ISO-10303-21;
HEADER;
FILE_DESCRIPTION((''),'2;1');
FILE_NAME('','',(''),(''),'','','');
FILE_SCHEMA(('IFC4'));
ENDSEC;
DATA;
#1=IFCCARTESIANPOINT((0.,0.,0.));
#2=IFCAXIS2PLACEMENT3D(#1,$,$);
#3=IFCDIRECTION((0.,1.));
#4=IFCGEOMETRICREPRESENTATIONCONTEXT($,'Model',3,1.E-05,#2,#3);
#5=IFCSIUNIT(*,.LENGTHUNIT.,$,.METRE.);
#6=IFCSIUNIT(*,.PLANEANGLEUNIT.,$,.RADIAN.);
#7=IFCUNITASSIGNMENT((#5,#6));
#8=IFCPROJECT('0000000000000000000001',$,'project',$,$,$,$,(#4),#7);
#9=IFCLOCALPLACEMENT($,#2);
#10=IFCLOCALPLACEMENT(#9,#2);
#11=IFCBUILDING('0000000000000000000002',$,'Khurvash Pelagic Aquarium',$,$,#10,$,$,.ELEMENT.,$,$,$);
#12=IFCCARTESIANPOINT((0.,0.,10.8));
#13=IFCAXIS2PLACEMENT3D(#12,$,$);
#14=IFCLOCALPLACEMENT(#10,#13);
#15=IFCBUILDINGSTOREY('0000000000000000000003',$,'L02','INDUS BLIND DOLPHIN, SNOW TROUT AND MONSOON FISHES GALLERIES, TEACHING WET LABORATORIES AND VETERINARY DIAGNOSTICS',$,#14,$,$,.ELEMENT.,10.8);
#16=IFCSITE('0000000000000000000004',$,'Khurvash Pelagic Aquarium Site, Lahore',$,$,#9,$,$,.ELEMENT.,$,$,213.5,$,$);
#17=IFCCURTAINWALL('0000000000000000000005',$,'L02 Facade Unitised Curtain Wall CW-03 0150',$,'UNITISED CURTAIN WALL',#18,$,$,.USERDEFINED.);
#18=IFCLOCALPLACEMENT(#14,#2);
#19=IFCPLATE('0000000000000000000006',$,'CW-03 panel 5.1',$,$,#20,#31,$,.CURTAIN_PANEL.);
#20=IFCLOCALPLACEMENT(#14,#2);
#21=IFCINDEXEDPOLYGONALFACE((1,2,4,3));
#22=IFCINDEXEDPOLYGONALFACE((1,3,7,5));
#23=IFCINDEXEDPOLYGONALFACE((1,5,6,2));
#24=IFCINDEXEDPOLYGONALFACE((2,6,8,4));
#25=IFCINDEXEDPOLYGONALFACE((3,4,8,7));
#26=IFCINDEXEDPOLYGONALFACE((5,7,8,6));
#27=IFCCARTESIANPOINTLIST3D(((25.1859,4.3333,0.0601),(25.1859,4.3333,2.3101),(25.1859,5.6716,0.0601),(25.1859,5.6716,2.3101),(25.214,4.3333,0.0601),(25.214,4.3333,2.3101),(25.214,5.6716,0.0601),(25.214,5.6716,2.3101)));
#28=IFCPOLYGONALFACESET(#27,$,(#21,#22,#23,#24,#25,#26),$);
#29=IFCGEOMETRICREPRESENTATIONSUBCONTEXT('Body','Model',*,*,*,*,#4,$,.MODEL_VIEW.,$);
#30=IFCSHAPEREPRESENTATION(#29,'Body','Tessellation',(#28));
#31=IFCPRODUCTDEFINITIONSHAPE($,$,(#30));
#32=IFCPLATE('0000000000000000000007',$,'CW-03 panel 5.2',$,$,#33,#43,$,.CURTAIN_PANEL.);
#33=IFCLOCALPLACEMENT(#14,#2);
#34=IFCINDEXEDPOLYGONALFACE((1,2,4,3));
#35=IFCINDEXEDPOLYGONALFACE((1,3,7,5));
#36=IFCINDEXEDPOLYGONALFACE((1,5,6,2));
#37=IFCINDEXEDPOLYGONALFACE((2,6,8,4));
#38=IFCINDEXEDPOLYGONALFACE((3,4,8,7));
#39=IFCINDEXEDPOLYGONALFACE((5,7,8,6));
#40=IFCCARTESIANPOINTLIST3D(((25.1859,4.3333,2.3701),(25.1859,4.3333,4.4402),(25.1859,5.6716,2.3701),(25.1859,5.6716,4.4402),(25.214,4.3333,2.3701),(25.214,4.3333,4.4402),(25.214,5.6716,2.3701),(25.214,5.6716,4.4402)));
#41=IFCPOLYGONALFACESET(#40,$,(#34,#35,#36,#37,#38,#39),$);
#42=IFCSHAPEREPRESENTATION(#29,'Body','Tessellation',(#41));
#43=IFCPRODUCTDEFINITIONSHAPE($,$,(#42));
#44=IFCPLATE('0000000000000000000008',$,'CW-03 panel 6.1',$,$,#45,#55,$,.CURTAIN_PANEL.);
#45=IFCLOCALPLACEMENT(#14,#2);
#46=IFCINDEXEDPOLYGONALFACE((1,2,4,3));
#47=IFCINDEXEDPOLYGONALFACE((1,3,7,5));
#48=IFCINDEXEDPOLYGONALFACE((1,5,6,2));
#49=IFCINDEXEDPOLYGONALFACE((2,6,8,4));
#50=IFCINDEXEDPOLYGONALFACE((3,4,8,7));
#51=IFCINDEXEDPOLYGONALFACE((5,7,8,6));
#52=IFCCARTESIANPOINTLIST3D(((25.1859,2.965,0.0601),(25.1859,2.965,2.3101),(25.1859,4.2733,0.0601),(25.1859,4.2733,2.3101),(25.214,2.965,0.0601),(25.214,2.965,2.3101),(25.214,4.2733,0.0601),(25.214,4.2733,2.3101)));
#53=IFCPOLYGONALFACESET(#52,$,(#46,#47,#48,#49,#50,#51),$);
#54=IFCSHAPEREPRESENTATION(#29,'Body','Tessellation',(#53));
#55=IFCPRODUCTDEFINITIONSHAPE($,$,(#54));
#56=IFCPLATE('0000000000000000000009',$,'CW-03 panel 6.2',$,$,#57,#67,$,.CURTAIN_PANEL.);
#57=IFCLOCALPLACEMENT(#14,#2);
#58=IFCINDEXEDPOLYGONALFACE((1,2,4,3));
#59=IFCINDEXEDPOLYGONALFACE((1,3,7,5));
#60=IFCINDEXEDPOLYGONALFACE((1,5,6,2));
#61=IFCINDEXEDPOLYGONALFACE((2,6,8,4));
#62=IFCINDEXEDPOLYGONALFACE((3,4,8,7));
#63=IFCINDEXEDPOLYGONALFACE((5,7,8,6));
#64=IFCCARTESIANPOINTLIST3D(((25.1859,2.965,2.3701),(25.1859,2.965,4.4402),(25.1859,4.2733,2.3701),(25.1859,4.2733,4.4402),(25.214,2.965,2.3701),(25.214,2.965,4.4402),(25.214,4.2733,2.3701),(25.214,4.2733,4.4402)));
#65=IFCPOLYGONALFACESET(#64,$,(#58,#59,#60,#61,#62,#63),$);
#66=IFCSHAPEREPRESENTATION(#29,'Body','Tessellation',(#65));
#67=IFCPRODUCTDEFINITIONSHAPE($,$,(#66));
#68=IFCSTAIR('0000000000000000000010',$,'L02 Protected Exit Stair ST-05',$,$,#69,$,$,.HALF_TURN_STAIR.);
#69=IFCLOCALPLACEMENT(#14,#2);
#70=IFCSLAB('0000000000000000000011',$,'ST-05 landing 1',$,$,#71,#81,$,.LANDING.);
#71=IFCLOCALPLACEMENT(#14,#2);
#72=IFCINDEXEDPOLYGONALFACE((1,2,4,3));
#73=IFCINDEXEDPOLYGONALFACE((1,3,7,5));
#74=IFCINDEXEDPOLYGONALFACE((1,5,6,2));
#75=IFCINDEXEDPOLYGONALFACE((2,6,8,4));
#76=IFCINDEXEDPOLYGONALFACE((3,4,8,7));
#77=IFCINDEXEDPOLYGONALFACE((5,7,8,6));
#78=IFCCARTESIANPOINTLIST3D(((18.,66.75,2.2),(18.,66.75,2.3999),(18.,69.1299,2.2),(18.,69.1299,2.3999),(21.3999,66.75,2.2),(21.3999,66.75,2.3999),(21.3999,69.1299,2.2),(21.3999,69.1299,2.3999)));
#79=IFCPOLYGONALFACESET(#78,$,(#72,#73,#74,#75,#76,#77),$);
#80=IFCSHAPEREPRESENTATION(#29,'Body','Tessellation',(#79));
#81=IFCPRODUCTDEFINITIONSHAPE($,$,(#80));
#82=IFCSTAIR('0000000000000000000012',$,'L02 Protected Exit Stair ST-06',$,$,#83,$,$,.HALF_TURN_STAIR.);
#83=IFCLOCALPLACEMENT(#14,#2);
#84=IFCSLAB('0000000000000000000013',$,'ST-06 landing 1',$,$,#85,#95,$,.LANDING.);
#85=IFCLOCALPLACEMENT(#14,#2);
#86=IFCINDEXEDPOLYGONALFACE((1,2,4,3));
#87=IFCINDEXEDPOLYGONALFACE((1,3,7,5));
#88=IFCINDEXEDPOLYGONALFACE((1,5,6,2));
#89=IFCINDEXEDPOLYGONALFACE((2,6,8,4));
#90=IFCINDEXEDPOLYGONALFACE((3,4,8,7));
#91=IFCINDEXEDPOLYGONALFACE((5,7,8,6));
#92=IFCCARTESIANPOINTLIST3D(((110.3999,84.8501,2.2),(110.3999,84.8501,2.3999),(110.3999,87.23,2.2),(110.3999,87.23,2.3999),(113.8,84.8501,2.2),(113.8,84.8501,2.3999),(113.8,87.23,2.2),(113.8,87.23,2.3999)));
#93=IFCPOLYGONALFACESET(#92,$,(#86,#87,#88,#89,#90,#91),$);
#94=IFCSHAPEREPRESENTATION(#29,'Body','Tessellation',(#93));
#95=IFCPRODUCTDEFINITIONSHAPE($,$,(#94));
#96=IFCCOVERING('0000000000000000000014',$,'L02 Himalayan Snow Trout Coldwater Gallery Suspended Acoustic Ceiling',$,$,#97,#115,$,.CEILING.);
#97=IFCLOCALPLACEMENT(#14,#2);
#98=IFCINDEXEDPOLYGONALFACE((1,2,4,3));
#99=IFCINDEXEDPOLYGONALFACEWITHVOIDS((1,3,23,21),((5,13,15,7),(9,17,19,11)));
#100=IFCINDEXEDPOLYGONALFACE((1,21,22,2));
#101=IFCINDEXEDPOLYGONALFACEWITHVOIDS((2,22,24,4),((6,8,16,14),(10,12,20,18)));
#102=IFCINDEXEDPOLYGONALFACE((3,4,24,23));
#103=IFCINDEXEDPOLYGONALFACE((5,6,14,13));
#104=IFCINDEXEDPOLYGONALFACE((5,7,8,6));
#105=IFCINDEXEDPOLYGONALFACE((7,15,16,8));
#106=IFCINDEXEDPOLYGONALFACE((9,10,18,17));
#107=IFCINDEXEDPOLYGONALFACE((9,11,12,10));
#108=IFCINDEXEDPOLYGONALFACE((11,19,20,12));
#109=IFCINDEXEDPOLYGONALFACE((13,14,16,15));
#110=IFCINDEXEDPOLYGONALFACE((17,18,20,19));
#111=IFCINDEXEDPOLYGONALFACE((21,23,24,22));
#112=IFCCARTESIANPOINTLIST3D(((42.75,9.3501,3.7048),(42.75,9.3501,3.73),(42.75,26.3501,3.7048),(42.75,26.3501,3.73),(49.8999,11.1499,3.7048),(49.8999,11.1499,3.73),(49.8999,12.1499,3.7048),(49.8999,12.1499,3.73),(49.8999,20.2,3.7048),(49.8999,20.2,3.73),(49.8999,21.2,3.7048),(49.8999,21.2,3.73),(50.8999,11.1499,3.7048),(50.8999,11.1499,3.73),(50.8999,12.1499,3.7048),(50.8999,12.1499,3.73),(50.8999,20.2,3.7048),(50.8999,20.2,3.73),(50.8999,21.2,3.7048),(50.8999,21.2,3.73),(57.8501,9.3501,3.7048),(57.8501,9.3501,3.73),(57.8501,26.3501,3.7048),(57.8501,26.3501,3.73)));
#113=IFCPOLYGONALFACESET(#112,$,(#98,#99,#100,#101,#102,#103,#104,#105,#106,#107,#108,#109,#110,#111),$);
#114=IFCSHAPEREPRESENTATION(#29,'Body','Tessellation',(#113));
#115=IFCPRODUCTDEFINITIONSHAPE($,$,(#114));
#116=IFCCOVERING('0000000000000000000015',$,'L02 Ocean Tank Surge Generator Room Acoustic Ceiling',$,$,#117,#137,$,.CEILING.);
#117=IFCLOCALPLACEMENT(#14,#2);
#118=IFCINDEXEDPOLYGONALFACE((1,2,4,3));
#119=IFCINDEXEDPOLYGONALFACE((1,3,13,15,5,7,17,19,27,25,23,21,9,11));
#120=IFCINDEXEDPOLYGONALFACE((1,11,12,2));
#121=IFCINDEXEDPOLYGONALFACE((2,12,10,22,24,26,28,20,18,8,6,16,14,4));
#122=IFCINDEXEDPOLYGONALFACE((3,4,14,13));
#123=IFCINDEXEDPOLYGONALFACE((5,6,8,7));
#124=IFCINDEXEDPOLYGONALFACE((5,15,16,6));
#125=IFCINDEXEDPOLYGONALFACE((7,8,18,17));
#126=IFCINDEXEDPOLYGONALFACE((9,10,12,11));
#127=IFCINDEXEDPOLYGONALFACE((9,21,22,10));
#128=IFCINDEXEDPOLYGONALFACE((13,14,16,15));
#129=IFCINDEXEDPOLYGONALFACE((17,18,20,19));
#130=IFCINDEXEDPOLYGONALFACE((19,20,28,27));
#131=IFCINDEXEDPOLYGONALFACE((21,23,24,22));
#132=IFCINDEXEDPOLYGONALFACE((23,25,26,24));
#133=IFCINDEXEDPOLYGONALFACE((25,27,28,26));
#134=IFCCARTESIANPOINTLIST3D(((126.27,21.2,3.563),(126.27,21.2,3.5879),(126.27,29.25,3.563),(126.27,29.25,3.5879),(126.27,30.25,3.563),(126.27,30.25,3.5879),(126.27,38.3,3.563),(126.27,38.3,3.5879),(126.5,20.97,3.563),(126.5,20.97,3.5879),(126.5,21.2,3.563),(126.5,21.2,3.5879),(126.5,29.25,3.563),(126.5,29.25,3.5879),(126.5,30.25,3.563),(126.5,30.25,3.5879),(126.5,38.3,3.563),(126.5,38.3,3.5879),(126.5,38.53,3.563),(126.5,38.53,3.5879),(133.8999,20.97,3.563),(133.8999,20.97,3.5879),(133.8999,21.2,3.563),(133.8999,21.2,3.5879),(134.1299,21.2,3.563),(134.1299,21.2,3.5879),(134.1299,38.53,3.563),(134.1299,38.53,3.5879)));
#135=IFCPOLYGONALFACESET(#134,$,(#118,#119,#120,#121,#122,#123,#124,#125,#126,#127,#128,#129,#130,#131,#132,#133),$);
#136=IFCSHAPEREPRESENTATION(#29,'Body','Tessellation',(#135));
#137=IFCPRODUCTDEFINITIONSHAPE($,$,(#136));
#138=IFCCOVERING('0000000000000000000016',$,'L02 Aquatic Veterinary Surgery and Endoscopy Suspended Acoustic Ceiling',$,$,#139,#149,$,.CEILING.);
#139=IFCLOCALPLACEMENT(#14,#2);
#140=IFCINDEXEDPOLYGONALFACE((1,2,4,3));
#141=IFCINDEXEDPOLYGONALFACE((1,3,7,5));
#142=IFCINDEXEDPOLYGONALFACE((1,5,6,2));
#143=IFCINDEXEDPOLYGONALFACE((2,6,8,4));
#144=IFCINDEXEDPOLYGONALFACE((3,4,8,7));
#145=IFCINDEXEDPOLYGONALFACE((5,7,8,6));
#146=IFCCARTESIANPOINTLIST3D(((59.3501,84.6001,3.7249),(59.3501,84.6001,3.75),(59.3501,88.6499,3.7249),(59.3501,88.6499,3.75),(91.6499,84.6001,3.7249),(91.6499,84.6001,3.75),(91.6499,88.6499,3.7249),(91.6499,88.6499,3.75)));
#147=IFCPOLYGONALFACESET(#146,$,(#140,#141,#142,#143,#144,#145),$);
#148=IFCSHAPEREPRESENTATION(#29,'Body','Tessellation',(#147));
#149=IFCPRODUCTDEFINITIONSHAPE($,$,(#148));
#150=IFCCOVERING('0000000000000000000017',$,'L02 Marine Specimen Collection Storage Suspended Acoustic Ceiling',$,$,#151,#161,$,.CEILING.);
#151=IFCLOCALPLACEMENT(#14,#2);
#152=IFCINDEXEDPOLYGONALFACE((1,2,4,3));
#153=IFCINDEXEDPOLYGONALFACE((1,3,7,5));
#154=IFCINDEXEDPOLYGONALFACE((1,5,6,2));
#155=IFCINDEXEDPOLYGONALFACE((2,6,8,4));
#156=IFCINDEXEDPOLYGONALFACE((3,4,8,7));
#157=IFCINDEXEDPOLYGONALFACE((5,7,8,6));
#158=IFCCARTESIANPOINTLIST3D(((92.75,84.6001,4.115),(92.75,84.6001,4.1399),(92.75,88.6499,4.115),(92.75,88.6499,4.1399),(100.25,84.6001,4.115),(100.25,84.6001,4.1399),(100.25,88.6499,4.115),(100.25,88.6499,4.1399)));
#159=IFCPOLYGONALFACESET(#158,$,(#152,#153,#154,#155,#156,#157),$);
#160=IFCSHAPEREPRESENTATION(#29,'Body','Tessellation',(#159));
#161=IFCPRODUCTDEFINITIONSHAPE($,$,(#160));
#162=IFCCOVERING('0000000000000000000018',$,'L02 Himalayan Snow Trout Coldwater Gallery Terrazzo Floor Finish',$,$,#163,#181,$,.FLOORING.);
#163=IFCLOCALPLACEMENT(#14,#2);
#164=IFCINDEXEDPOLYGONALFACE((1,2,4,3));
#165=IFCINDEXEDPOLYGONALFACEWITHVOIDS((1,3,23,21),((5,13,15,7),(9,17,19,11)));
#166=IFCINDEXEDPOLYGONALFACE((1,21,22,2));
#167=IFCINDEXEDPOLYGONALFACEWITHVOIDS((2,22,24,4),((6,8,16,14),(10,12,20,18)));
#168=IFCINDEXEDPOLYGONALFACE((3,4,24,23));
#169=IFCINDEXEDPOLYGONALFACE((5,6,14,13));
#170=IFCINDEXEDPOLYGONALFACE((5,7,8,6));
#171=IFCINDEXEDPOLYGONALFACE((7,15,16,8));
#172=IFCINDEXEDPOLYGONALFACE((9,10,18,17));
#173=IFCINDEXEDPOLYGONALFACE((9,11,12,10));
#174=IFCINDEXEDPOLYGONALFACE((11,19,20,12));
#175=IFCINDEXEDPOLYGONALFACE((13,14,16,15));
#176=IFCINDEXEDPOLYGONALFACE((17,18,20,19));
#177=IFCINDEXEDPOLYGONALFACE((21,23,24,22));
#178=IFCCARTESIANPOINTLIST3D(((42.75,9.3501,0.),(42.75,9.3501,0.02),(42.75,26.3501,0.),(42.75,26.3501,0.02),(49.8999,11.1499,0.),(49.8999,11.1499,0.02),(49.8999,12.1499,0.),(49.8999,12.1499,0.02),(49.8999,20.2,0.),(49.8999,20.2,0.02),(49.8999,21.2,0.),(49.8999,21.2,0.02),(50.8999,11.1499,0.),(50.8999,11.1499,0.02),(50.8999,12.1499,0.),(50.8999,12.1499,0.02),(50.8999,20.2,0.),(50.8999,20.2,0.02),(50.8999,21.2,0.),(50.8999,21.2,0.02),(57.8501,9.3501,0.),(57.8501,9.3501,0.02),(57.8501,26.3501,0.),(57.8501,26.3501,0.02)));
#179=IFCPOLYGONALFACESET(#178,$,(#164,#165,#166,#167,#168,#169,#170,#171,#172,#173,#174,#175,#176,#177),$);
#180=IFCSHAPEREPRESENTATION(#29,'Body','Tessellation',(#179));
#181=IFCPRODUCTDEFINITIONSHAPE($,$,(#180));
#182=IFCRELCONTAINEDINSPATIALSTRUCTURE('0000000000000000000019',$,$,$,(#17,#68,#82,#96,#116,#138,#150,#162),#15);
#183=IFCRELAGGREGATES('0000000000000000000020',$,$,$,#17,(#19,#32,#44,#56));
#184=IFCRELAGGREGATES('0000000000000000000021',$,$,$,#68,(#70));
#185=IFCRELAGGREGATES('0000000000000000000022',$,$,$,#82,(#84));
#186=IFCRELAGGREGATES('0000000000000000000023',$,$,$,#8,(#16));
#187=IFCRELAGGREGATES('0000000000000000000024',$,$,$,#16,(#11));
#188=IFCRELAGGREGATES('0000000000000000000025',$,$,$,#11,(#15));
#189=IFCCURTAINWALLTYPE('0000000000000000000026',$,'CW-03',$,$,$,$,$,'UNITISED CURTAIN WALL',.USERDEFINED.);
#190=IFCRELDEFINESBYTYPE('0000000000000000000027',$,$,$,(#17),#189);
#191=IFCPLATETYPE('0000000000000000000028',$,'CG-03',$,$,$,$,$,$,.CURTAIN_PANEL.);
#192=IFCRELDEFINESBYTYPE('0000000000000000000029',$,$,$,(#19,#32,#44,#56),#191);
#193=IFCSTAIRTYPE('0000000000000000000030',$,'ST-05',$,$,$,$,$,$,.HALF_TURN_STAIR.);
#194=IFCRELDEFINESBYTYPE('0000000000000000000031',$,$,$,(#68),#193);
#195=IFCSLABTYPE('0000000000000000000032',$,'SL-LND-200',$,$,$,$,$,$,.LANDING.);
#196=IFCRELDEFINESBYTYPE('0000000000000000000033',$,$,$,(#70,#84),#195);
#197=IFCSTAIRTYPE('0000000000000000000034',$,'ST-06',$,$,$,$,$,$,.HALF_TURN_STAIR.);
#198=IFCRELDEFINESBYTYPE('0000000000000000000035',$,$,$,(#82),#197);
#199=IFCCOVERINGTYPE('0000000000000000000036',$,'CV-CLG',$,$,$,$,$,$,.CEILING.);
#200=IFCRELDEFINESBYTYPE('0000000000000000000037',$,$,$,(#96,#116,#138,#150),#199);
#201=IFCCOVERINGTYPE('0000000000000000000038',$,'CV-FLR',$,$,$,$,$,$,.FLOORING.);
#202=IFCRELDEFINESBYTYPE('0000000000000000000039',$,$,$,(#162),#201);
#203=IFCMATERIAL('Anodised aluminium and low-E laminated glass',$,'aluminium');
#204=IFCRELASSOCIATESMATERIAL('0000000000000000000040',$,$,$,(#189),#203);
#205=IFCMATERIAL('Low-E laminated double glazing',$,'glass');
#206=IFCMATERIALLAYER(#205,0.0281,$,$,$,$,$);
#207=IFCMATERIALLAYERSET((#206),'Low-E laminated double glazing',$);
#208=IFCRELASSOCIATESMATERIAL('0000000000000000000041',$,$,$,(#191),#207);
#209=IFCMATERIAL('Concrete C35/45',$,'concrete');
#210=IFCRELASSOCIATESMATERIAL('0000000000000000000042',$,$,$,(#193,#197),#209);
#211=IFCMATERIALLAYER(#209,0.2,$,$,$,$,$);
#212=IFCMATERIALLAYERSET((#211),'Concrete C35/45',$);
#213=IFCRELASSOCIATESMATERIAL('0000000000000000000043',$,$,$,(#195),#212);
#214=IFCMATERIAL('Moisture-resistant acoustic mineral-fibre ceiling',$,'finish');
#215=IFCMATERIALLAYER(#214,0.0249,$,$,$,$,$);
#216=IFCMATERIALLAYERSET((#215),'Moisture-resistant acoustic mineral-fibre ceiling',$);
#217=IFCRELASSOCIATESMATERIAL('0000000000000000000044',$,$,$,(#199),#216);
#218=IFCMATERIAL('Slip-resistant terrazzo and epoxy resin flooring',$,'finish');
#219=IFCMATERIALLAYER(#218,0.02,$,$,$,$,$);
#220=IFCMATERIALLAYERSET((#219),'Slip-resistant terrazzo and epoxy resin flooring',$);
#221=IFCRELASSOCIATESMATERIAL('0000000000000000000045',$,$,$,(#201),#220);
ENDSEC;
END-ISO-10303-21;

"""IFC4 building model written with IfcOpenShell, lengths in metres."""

from ifc_helpers import new_model, si_unit, direction, frame, origin, origin_2d, place, context, subcontext, project, spatial, polyline, rectangle, outline, extrude, material, layer, layer_set, type_object, element, aggregate, save


model = new_model("IFC4")

# Units and contexts
model_context = context("Model", 3, precision=1e-05, world=origin(), true_north=direction((0.0, 1.0)))
body_context = subcontext(model_context, "Body", "Model", "MODEL_VIEW")
ifc_project = project(units=[si_unit("LENGTHUNIT", "METRE"), si_unit("PLANEANGLEUNIT", "RADIAN")], contexts=[model_context])

# Site, building, storey
site_placement = place(None, origin())
site = spatial("IfcSite", under=ifc_project, at=site_placement, Name="Khurvash Pelagic Aquarium Site, Lahore", CompositionType="ELEMENT", RefElevation=213.5)
building_placement = place(site_placement, origin())
building = spatial("IfcBuilding", under=site, at=building_placement, Name="Khurvash Pelagic Aquarium", CompositionType="ELEMENT")
storey_placement = place(building_placement, frame((0.0, 0.0, 10.8)))
storey = spatial("IfcBuildingStorey", under=building, at=storey_placement, Name="L02", Description="INDUS BLIND DOLPHIN, SNOW TROUT AND MONSOON FISHES GALLERIES, TEACHING WET LABORATORIES AND VETERINARY DIAGNOSTICS", CompositionType="ELEMENT", Elevation=10.8)

# Curtain wall
ifc_material_1 = material(Name="Anodised aluminium and low-E laminated glass", Category="aluminium")
curtain_wall_type = type_object("IfcCurtainWallType", Name="CW-03", ElementType="UNITISED CURTAIN WALL", PredefinedType="USERDEFINED", material=ifc_material_1)
curtain_wall_placement = place(storey_placement, origin())
curtain_wall = element("IfcCurtainWall", 1, at=curtain_wall_placement, inside=storey, type_object=curtain_wall_type, Name="L02 Facade Unitised Curtain Wall CW-03 0150", ObjectType="UNITISED CURTAIN WALL", PredefinedType="USERDEFINED")

# Plates
ifc_material_2 = material(Name="Low-E laminated double glazing", Category="glass")
ifc_layer_1 = layer(ifc_material_2, 0.0281)
ifc_layer_set_1 = layer_set([ifc_layer_1], Name="Low-E laminated double glazing")
plate_type = type_object("IfcPlateType", Name="CG-03", PredefinedType="CURTAIN_PANEL", material=ifc_layer_set_1)
plate_1_placement = place(storey_placement, frame((25.2, 5.0024, 0.0601), z_axis=(0.0, 0.0, 1.0), x_axis=(0.0, -1.0, 0.0)))
plate_1 = element("IfcPlate", 2, at=plate_1_placement, type_object=plate_type, Name="CW-03 panel 5.1", PredefinedType="CURTAIN_PANEL", context=body_context, shape_type="SweptSolid", body=[
    extrude(rectangle(XDim=1.3384, YDim=0.0281, at=origin_2d()), origin(), (0.0, 0.0, 1.0), 2.25),
])
plate_2_placement = place(storey_placement, frame((25.2, 5.0024, 2.3701), z_axis=(0.0, 0.0, 1.0), x_axis=(0.0, -1.0, 0.0)))
plate_2 = element("IfcPlate", 3, at=plate_2_placement, type_object=plate_type, Name="CW-03 panel 5.2", PredefinedType="CURTAIN_PANEL", context=body_context, shape_type="SweptSolid", body=[
    extrude(rectangle(XDim=1.3384, YDim=0.0281, at=origin_2d()), origin(), (0.0, 0.0, 1.0), 2.0701),
])
plate_3_placement = place(storey_placement, frame((25.2, 3.6191, 0.0601), z_axis=(0.0, 0.0, 1.0), x_axis=(0.0, -1.0, 0.0)))
plate_3 = element("IfcPlate", 4, at=plate_3_placement, type_object=plate_type, Name="CW-03 panel 6.1", PredefinedType="CURTAIN_PANEL", context=body_context, shape_type="SweptSolid", body=[
    extrude(rectangle(XDim=1.3083, YDim=0.0281, at=origin_2d()), origin(), (0.0, 0.0, 1.0), 2.25),
])
plate_4_placement = place(storey_placement, frame((25.2, 3.6191, 2.3701), z_axis=(0.0, 0.0, 1.0), x_axis=(0.0, -1.0, 0.0)))
plate_4 = element("IfcPlate", 5, at=plate_4_placement, type_object=plate_type, Name="CW-03 panel 6.2", PredefinedType="CURTAIN_PANEL", context=body_context, shape_type="SweptSolid", body=[
    extrude(rectangle(XDim=1.3083, YDim=0.0281, at=origin_2d()), origin(), (0.0, 0.0, 1.0), 2.0701),
])
aggregate(curtain_wall, [plate_1, plate_2, plate_3, plate_4])

# Stairs, slabs
ifc_material_3 = material(Name="Concrete C35/45", Category="concrete")
stair_type_1 = type_object("IfcStairType", Name="ST-05", PredefinedType="HALF_TURN_STAIR", material=ifc_material_3)
stair_1_placement = place(storey_placement, origin())
stair_1 = element("IfcStair", 6, at=stair_1_placement, inside=storey, type_object=stair_type_1, Name="L02 Protected Exit Stair ST-05", PredefinedType="HALF_TURN_STAIR")
ifc_layer_2 = layer(ifc_material_3, 0.2)
ifc_layer_set_2 = layer_set([ifc_layer_2], Name="Concrete C35/45")
slab_type = type_object("IfcSlabType", Name="SL-LND-200", PredefinedType="LANDING", material=ifc_layer_set_2)
slab_1_placement = place(storey_placement, frame((0.0, 0.0, 2.2)))
slab_1 = element("IfcSlab", 7, at=slab_1_placement, type_object=slab_type, Name="ST-05 landing 1", PredefinedType="LANDING", context=body_context, shape_type="SweptSolid", body=[
    extrude(outline(polyline([(18.0, 69.1299), (18.0, 66.75), (21.3999, 66.75), (21.3999, 69.1299), (18.0, 69.1299)])), origin(), (0.0, 0.0, 1.0), 0.2),
])
aggregate(stair_1, [slab_1])
stair_type_2 = type_object("IfcStairType", Name="ST-06", PredefinedType="HALF_TURN_STAIR", material=ifc_material_3)
stair_2_placement = place(storey_placement, origin())
stair_2 = element("IfcStair", 8, at=stair_2_placement, inside=storey, type_object=stair_type_2, Name="L02 Protected Exit Stair ST-06", PredefinedType="HALF_TURN_STAIR")
slab_2_placement = place(storey_placement, frame((0.0, 0.0, 2.2)))
slab_2 = element("IfcSlab", 9, at=slab_2_placement, type_object=slab_type, Name="ST-06 landing 1", PredefinedType="LANDING", context=body_context, shape_type="SweptSolid", body=[
    extrude(outline(polyline([(110.3999, 87.23), (110.3999, 84.8501), (113.8, 84.8501), (113.8, 87.23), (110.3999, 87.23)])), origin(), (0.0, 0.0, 1.0), 0.2),
])
aggregate(stair_2, [slab_2])

# Coverings
ifc_material_4 = material(Name="Moisture-resistant acoustic mineral-fibre ceiling", Category="finish")
ifc_layer_3 = layer(ifc_material_4, 0.0249)
ifc_layer_set_3 = layer_set([ifc_layer_3], Name="Moisture-resistant acoustic mineral-fibre ceiling")
covering_type_1 = type_object("IfcCoveringType", Name="CV-CLG", PredefinedType="CEILING", material=ifc_layer_set_3)
covering_1_placement = place(storey_placement, frame((0.0, 0.0, 3.7048)))
element("IfcCovering", 10, at=covering_1_placement, inside=storey, type_object=covering_type_1, Name="L02 Himalayan Snow Trout Coldwater Gallery Suspended Acoustic Ceiling", PredefinedType="CEILING", context=body_context, shape_type="SweptSolid", body=[
    extrude(outline(polyline([(42.75, 26.3501), (42.75, 9.3501), (57.8501, 9.3501), (57.8501, 26.3501), (42.75, 26.3501)]), holes=[polyline([(50.8999, 12.1499), (50.8999, 11.1499), (49.8999, 11.1499), (49.8999, 12.1499), (50.8999, 12.1499)]), polyline([(50.8999, 20.2), (49.8999, 20.2), (49.8999, 21.2), (50.8999, 21.2), (50.8999, 20.2)])]), origin(), (0.0, 0.0, 1.0), 0.0251),
])
covering_2_placement = place(storey_placement, frame((0.0, 0.0, 3.563)))
element("IfcCovering", 11, at=covering_2_placement, inside=storey, type_object=covering_type_1, Name="L02 Ocean Tank Surge Generator Room Acoustic Ceiling", PredefinedType="CEILING", context=body_context, shape_type="SweptSolid", body=[
    extrude(outline(polyline([(133.8999, 20.97), (133.8999, 21.2), (134.1299, 21.2), (134.1299, 38.53), (126.5, 38.53), (126.5, 38.3), (126.27, 38.3), (126.27, 30.25), (126.5, 30.25), (126.5, 29.25), (126.27, 29.25), (126.27, 21.2), (126.5, 21.2), (126.5, 20.97), (133.8999, 20.97)])), origin(), (0.0, 0.0, 1.0), 0.0249),
])
covering_3_placement = place(storey_placement, frame((0.0, 0.0, 3.7249)))
element("IfcCovering", 12, at=covering_3_placement, inside=storey, type_object=covering_type_1, Name="L02 Aquatic Veterinary Surgery and Endoscopy Suspended Acoustic Ceiling", PredefinedType="CEILING", context=body_context, shape_type="SweptSolid", body=[
    extrude(outline(polyline([(91.6499, 84.6001), (91.6499, 88.6499), (59.3501, 88.6499), (59.3501, 84.6001), (91.6499, 84.6001)])), origin(), (0.0, 0.0, 1.0), 0.0251),
])
covering_4_placement = place(storey_placement, frame((0.0, 0.0, 4.115)))
element("IfcCovering", 13, at=covering_4_placement, inside=storey, type_object=covering_type_1, Name="L02 Marine Specimen Collection Storage Suspended Acoustic Ceiling", PredefinedType="CEILING", context=body_context, shape_type="SweptSolid", body=[
    extrude(outline(polyline([(100.25, 84.6001), (100.25, 88.6499), (92.75, 88.6499), (92.75, 84.6001), (100.25, 84.6001)])), origin(), (0.0, 0.0, 1.0), 0.0249),
])
ifc_material_5 = material(Name="Slip-resistant terrazzo and epoxy resin flooring", Category="finish")
ifc_layer_4 = layer(ifc_material_5, 0.02)
ifc_layer_set_4 = layer_set([ifc_layer_4], Name="Slip-resistant terrazzo and epoxy resin flooring")
covering_type_2 = type_object("IfcCoveringType", Name="CV-FLR", PredefinedType="FLOORING", material=ifc_layer_set_4)
covering_5_placement = place(storey_placement, origin())
element("IfcCovering", 14, at=covering_5_placement, inside=storey, type_object=covering_type_2, Name="L02 Himalayan Snow Trout Coldwater Gallery Terrazzo Floor Finish", PredefinedType="FLOORING", context=body_context, shape_type="SweptSolid", body=[
    extrude(outline(polyline([(42.75, 26.3501), (42.75, 9.3501), (57.8501, 9.3501), (57.8501, 26.3501), (42.75, 26.3501)]), holes=[polyline([(50.8999, 12.1499), (50.8999, 11.1499), (49.8999, 11.1499), (49.8999, 12.1499), (50.8999, 12.1499)]), polyline([(50.8999, 20.2), (49.8999, 20.2), (49.8999, 21.2), (50.8999, 21.2), (50.8999, 20.2)])]), origin(), (0.0, 0.0, 1.0), 0.02),
])

save(model, "model.ifc")
